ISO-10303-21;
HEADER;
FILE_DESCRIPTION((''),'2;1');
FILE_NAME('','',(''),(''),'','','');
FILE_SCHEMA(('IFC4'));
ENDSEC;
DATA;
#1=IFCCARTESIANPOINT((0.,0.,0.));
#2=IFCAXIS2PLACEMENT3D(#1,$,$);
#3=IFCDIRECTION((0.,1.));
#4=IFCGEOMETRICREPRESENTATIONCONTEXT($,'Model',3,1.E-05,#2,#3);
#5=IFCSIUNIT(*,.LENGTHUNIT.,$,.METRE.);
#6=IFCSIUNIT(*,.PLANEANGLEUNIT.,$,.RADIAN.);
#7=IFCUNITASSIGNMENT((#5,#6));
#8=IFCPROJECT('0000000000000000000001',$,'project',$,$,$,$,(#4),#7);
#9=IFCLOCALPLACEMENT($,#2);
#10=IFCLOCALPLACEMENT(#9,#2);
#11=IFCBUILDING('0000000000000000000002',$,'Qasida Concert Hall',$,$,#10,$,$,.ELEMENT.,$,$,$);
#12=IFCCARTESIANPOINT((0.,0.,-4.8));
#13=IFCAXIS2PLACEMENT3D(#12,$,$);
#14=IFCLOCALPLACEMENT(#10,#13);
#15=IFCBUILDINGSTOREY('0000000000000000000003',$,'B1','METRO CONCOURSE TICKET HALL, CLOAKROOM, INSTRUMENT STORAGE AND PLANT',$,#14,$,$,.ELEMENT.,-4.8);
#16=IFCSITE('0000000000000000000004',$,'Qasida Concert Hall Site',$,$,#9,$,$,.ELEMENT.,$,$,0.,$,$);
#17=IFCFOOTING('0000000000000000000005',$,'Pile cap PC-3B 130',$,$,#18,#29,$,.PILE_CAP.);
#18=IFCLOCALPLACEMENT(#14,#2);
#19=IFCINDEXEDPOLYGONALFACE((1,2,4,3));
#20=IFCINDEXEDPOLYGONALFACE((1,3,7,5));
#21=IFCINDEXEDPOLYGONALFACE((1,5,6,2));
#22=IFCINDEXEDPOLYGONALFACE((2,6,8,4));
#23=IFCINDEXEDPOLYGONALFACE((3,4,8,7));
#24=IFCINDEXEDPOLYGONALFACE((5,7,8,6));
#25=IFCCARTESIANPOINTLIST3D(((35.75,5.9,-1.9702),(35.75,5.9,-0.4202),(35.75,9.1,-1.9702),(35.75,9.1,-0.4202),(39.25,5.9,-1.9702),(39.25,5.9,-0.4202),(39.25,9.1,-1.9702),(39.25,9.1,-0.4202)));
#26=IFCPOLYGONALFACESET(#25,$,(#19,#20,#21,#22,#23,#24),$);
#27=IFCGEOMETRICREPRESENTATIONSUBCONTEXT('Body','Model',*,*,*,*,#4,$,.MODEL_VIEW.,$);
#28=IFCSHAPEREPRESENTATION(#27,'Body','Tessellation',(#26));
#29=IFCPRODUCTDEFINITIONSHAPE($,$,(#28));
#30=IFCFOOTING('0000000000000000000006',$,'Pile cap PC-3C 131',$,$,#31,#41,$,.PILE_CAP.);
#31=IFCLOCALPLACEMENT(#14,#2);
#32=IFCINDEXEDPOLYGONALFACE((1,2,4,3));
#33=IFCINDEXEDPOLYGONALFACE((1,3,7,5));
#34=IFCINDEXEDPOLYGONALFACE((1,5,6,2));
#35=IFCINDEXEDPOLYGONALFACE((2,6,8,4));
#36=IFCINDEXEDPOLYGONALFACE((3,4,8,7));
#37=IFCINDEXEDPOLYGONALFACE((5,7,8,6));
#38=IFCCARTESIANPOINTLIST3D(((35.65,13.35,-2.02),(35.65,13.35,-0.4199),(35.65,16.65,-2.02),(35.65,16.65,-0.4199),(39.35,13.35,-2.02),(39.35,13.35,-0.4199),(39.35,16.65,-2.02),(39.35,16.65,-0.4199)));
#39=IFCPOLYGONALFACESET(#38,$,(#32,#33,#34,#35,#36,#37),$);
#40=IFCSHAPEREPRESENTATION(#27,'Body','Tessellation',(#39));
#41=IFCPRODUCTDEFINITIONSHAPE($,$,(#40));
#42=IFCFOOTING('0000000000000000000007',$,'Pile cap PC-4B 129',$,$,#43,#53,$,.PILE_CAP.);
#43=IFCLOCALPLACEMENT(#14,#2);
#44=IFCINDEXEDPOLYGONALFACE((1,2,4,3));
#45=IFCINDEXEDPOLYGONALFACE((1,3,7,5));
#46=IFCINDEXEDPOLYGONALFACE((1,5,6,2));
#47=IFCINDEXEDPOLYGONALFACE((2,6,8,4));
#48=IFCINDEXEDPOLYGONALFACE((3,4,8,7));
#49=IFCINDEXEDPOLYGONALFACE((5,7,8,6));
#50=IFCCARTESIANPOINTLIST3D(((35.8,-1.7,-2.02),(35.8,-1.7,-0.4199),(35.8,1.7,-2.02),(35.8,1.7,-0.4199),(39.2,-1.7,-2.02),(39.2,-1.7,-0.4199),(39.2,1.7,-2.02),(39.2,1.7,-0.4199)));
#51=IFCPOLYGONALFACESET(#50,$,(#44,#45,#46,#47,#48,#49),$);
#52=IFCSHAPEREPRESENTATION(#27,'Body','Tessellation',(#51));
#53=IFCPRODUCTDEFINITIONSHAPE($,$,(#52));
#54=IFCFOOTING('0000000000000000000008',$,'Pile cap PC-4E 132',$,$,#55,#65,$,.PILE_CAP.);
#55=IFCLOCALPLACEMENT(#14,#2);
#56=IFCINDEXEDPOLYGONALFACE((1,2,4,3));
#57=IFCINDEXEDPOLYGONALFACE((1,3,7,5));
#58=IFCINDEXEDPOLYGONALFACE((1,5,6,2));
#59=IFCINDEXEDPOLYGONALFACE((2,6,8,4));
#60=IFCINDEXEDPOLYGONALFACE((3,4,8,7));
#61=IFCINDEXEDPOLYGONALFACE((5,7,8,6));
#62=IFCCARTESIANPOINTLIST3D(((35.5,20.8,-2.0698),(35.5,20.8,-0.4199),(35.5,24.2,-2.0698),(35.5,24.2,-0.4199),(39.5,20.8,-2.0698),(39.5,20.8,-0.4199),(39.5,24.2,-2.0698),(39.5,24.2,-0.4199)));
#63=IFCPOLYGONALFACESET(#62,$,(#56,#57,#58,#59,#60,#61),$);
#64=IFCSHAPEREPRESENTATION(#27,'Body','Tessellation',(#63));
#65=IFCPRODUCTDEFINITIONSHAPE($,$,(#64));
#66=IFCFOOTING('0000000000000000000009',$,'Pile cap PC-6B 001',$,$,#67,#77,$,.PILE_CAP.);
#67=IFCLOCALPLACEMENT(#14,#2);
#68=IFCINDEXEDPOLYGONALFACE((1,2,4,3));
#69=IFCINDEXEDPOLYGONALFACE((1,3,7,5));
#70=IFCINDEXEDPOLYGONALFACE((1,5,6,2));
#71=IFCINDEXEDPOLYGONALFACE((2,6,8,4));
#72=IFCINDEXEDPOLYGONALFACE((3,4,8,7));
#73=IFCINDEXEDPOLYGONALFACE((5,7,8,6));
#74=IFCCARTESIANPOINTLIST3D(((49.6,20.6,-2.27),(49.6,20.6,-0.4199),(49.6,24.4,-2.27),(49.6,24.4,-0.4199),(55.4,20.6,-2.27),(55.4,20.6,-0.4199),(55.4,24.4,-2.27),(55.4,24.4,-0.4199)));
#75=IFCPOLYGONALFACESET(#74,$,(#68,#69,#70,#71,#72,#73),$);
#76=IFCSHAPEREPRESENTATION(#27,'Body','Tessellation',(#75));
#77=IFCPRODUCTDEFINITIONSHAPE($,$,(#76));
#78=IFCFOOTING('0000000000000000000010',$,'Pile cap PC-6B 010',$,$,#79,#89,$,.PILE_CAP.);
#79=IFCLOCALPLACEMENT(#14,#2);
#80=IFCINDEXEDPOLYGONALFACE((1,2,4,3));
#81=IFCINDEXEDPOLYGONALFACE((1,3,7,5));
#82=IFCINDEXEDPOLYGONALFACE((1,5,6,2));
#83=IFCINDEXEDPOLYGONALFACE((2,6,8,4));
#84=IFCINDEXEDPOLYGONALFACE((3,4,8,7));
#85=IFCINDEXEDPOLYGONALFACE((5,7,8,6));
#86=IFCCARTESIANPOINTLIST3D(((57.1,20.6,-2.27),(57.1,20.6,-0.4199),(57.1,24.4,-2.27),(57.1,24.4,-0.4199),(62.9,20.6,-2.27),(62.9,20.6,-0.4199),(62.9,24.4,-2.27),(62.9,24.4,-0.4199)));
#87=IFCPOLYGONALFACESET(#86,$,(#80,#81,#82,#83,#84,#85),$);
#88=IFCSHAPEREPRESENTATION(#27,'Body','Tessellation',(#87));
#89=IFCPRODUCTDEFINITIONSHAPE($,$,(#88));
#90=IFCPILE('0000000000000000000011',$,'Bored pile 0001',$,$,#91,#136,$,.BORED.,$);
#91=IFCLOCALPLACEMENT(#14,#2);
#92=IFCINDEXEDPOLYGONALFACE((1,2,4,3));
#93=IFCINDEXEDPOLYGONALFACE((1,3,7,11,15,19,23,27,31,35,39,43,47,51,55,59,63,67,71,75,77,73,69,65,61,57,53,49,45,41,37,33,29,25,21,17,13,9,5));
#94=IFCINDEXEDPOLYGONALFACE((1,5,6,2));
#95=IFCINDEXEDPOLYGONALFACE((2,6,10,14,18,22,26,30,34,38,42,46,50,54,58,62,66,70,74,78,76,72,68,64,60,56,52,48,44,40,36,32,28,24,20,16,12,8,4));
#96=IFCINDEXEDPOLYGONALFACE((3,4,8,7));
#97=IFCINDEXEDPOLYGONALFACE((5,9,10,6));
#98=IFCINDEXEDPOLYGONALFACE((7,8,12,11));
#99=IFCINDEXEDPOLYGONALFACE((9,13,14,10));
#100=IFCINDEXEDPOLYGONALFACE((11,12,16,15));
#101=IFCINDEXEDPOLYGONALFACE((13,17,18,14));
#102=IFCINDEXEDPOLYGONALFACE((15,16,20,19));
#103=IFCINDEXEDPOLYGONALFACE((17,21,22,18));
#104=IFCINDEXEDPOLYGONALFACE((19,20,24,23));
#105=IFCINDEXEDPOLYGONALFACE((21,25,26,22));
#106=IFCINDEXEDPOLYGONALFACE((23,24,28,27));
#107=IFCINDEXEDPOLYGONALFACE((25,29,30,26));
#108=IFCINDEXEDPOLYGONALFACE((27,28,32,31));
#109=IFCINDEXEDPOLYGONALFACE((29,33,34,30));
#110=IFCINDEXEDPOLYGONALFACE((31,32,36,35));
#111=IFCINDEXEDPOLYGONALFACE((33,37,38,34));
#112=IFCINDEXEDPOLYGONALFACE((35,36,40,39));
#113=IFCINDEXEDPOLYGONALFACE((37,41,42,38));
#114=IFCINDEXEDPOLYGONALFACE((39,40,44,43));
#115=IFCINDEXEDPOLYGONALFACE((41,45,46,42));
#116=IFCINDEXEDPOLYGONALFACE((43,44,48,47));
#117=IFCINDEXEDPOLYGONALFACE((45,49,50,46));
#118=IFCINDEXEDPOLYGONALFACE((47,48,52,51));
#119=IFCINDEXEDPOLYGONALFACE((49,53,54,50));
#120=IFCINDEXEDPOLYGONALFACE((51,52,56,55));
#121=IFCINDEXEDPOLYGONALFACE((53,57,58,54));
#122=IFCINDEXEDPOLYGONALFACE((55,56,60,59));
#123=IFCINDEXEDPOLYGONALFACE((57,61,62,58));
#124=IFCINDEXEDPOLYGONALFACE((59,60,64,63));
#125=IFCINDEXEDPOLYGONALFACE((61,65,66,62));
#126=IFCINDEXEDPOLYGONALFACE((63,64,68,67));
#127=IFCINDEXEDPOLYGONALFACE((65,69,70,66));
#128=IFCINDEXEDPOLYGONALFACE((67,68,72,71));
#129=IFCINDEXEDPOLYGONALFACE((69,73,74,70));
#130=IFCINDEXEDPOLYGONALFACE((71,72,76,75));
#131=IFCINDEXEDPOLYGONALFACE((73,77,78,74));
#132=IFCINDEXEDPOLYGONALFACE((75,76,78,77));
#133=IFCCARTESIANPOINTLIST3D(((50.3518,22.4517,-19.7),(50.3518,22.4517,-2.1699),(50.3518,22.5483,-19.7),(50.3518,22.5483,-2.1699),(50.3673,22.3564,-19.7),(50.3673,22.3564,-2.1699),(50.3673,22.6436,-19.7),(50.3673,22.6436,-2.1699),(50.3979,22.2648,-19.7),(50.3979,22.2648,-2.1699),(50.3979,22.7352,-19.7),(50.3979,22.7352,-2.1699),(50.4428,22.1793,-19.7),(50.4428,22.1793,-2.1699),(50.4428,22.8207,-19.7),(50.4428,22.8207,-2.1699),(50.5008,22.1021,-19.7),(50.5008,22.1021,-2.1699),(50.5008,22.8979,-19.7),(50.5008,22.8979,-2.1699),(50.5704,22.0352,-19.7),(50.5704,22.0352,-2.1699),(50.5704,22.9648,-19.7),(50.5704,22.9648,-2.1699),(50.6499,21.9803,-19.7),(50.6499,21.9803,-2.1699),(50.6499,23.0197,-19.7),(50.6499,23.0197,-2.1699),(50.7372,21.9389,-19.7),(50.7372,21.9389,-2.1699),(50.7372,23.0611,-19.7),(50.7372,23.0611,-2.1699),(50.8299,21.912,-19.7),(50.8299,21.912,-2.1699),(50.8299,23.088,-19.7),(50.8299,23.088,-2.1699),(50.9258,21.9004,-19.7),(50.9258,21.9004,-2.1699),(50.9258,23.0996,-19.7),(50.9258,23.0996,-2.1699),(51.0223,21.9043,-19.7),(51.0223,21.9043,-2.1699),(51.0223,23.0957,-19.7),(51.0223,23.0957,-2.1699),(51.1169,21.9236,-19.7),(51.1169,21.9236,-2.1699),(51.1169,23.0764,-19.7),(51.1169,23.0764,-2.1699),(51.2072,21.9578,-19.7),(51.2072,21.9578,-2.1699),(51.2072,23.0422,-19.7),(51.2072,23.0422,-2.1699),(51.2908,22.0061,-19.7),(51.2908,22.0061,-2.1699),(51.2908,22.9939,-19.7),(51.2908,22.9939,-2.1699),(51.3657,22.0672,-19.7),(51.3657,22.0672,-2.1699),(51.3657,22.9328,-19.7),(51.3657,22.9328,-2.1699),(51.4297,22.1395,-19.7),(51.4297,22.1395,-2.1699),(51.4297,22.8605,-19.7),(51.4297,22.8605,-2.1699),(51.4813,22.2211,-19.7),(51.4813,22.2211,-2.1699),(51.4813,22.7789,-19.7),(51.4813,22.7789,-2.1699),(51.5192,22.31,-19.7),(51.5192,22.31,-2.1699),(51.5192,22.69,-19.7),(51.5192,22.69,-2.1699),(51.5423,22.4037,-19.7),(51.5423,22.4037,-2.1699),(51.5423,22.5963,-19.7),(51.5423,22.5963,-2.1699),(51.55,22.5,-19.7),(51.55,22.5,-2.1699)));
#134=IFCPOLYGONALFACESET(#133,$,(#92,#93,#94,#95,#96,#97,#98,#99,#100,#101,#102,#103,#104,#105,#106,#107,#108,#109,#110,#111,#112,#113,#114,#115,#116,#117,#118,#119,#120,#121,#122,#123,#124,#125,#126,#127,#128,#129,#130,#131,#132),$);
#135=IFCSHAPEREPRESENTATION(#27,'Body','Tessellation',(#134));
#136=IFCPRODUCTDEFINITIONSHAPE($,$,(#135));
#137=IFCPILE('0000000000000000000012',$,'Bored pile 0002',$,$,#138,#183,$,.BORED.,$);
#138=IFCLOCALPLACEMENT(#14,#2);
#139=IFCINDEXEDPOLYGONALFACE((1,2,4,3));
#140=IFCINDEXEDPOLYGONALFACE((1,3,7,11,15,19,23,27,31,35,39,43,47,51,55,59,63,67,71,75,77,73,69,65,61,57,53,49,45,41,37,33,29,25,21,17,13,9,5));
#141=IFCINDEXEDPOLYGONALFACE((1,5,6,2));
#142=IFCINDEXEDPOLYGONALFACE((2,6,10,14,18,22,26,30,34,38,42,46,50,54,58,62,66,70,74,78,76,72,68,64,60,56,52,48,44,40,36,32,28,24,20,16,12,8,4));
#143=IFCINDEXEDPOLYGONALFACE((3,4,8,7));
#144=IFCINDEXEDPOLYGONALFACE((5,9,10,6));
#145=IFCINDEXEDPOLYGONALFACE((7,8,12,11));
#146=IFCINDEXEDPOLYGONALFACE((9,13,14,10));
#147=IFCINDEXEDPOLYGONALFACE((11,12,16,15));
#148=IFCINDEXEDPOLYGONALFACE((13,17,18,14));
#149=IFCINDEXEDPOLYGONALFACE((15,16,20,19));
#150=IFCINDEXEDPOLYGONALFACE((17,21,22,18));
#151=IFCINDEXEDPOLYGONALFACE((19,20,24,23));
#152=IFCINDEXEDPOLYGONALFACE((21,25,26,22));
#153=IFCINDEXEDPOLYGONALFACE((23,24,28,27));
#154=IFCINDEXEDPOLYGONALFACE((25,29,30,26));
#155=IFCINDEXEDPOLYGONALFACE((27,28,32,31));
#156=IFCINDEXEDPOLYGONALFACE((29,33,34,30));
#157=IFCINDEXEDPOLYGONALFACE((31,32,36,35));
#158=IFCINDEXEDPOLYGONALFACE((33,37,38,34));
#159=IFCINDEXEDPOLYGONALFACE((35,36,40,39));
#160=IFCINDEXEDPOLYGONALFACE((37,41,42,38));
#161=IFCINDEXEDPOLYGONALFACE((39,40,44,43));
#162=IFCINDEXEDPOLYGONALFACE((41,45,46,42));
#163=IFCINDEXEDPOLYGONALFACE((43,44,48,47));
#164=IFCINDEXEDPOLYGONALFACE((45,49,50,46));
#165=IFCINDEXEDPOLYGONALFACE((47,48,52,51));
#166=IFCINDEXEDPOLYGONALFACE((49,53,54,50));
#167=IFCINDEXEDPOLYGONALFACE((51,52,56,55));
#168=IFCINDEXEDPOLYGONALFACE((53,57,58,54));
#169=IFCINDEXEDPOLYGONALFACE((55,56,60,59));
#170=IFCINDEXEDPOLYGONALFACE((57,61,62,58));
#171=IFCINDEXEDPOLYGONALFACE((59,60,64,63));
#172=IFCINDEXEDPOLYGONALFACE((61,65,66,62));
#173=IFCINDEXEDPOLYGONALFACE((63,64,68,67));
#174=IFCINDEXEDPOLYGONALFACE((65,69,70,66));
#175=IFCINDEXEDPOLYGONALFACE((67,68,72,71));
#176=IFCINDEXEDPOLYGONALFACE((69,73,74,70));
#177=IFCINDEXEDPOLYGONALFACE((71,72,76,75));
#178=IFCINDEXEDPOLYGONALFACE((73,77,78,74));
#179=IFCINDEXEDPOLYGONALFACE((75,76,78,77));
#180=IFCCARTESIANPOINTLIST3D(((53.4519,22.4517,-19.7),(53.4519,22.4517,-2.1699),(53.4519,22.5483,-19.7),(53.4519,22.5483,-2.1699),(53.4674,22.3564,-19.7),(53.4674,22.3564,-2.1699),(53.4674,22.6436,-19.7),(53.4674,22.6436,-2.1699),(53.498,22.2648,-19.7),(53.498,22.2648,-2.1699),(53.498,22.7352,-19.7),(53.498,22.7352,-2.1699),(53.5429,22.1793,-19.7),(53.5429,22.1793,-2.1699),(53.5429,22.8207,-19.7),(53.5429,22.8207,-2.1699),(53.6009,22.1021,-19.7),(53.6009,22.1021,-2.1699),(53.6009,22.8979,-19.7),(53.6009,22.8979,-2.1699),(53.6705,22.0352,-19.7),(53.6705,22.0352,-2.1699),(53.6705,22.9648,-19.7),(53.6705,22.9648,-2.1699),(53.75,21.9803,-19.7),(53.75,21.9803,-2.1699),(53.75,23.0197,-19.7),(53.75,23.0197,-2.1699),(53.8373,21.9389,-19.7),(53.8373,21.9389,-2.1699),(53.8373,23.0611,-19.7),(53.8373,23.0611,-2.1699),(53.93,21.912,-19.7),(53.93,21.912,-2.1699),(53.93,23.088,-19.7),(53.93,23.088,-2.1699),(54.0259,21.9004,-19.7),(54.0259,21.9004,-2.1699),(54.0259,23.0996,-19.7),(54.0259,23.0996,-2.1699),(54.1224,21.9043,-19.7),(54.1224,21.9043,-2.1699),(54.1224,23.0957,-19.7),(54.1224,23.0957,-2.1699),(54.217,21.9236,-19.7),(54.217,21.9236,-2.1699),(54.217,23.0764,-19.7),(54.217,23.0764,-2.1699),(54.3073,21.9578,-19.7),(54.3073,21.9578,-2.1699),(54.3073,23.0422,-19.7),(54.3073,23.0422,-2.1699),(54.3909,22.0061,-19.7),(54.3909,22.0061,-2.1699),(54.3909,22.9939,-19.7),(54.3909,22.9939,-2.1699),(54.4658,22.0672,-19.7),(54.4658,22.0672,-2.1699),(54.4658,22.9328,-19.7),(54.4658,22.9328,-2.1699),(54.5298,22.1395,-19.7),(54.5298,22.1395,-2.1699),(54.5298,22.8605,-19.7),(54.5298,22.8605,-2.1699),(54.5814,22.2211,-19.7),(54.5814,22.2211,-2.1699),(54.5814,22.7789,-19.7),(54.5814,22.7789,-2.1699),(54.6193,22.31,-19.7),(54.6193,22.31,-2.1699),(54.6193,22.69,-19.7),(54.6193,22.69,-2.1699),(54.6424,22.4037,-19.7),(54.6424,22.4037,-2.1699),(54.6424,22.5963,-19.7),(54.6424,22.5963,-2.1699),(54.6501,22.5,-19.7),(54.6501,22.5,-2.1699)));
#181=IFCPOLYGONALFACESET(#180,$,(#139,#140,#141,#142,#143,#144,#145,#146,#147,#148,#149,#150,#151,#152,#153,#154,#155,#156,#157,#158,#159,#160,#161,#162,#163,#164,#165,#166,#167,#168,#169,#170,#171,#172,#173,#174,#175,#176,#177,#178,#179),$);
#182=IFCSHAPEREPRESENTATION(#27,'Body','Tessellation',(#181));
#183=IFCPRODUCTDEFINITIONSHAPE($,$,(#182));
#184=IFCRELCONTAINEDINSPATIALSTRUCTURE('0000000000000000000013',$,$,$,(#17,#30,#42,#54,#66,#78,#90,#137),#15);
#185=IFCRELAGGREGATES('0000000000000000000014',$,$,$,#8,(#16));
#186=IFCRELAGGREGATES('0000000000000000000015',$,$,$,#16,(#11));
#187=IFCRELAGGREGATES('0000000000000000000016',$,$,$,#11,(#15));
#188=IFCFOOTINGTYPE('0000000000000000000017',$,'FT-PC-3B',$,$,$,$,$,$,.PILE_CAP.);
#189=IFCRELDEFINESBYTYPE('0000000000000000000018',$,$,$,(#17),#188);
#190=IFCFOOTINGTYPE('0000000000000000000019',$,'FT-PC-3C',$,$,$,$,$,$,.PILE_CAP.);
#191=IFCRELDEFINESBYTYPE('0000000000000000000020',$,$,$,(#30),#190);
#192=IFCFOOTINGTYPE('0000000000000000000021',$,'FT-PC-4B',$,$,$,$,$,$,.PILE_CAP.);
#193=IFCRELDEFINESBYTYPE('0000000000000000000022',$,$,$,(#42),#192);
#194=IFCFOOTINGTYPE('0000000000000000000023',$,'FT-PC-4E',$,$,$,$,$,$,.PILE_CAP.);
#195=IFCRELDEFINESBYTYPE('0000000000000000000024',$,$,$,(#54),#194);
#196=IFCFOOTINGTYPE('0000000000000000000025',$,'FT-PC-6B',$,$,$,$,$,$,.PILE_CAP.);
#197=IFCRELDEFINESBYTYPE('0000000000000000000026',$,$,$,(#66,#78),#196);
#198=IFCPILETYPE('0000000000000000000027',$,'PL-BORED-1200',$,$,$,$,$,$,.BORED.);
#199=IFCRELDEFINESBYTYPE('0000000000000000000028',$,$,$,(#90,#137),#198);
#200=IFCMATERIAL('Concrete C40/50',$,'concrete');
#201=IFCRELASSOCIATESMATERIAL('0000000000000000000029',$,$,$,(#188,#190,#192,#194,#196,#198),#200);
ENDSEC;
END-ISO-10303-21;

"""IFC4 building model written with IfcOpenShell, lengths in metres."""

from ifc_helpers import new_model, si_unit, direction, frame, origin, origin_2d, place, context, subcontext, project, spatial, rectangle, circle, extrude, material, material_profile, profile_set, type_object, element, save


model = new_model("IFC4")

# Units and contexts
model_context = context("Model", 3, precision=1e-05, world=origin(), true_north=direction((0.0, 1.0)))
body_context = subcontext(model_context, "Body", "Model", "MODEL_VIEW")
ifc_project = project(units=[si_unit("LENGTHUNIT", "METRE"), si_unit("PLANEANGLEUNIT", "RADIAN")], contexts=[model_context])

# Site, building, storey
site_placement = place(None, origin())
site = spatial("IfcSite", under=ifc_project, at=site_placement, Name="Qasida Concert Hall Site", CompositionType="ELEMENT", RefElevation=0.0)
building_placement = place(site_placement, origin())
building = spatial("IfcBuilding", under=site, at=building_placement, Name="Qasida Concert Hall", CompositionType="ELEMENT")
storey_placement = place(building_placement, frame((0.0, 0.0, -4.8)))
storey = spatial("IfcBuildingStorey", under=building, at=storey_placement, Name="B1", Description="METRO CONCOURSE TICKET HALL, CLOAKROOM, INSTRUMENT STORAGE AND PLANT", CompositionType="ELEMENT", Elevation=-4.8)

# Footings
ifc_material_1 = material(Name="Concrete C40/50", Category="concrete")
footing_type_1 = type_object("IfcFootingType", Name="FT-PC-3B", PredefinedType="PILE_CAP", material=ifc_material_1)
footing_1_placement = place(storey_placement, frame((37.5, 7.5, -1.9702), z_axis=(0.0, 0.0, 1.0), x_axis=(1.0, 0.0, 0.0)))
element("IfcFooting", 1, at=footing_1_placement, inside=storey, type_object=footing_type_1, Name="Pile cap PC-3B 130", PredefinedType="PILE_CAP", context=body_context, shape_type="SweptSolid", body=[
    extrude(rectangle(XDim=3.5, YDim=3.2, at=origin_2d()), origin(), (0.0, 0.0, 1.0), 1.55),
])
footing_type_2 = type_object("IfcFootingType", Name="FT-PC-3C", PredefinedType="PILE_CAP", material=ifc_material_1)
footing_2_placement = place(storey_placement, frame((37.5, 15.0, -2.02), z_axis=(0.0, 0.0, 1.0), x_axis=(1.0, 0.0, 0.0)))
element("IfcFooting", 2, at=footing_2_placement, inside=storey, type_object=footing_type_2, Name="Pile cap PC-3C 131", PredefinedType="PILE_CAP", context=body_context, shape_type="SweptSolid", body=[
    extrude(rectangle(XDim=3.7, YDim=3.3, at=origin_2d()), origin(), (0.0, 0.0, 1.0), 1.6001),
])
footing_type_3 = type_object("IfcFootingType", Name="FT-PC-4B", PredefinedType="PILE_CAP", material=ifc_material_1)
footing_3_placement = place(storey_placement, frame((37.5, 0.0, -2.02), z_axis=(0.0, 0.0, 1.0), x_axis=(1.0, 0.0, 0.0)))
element("IfcFooting", 3, at=footing_3_placement, inside=storey, type_object=footing_type_3, Name="Pile cap PC-4B 129", PredefinedType="PILE_CAP", context=body_context, shape_type="SweptSolid", body=[
    extrude(rectangle(XDim=3.3999, YDim=3.3999, at=origin_2d()), origin(), (0.0, 0.0, 1.0), 1.6001),
])
footing_type_4 = type_object("IfcFootingType", Name="FT-PC-4E", PredefinedType="PILE_CAP", material=ifc_material_1)
footing_4_placement = place(storey_placement, frame((37.5, 22.5, -2.0698), z_axis=(0.0, 0.0, 1.0), x_axis=(1.0, 0.0, 0.0)))
element("IfcFooting", 4, at=footing_4_placement, inside=storey, type_object=footing_type_4, Name="Pile cap PC-4E 132", PredefinedType="PILE_CAP", context=body_context, shape_type="SweptSolid", body=[
    extrude(rectangle(XDim=4.0, YDim=3.3999, at=origin_2d()), origin(), (0.0, 0.0, 1.0), 1.6499),
])
footing_type_5 = type_object("IfcFootingType", Name="FT-PC-6B", PredefinedType="PILE_CAP", material=ifc_material_1)
for number, where, z_axis, x_axis, name in (
    (5, (52.5, 22.5, -2.27), (0.0, 0.0, 1.0), (1.0, 0.0, 0.0), "Pile cap PC-6B 001"),
    (6, (60.0, 22.5, -2.27), (0.0, 0.0, 1.0), (1.0, 0.0, 0.0), "Pile cap PC-6B 010"),
):
    element("IfcFooting", number, at=place(storey_placement, frame(where, z_axis=z_axis, x_axis=x_axis)), inside=storey, type_object=footing_type_5, Name=name, PredefinedType="PILE_CAP", context=body_context, shape_type="SweptSolid", body=[
        extrude(rectangle(XDim=5.8, YDim=3.8, at=origin_2d()), origin(), (0.0, 0.0, 1.0), 1.8501),
    ])

# Piles
ifc_material_profile_1 = material_profile(ifc_material_1, circle(Radius=0.6001, at=origin_2d()), Name="BORED PILE D1200")
ifc_profile_set_1 = profile_set([ifc_material_profile_1], Name="Concrete C40/50")
pile_type_1 = type_object("IfcPileType", Name="PL-BORED-1200", PredefinedType="BORED", material=ifc_profile_set_1)
for number, where, z_axis, x_axis, name in (
    (7, (50.95, 22.5, -2.1699), (0.0, 0.0, -1.0), (1.0, 0.0, 0.0), "Bored pile 0001"),
    (8, (54.05, 22.5, -2.1699), (0.0, 0.0, -1.0), (1.0, 0.0, 0.0), "Bored pile 0002"),
):
    element("IfcPile", number, at=place(storey_placement, frame(where, z_axis=z_axis, x_axis=x_axis)), inside=storey, type_object=pile_type_1, Name=name, PredefinedType="BORED", context=body_context, shape_type="SweptSolid", body=[
        extrude(circle(Radius=0.6001, at=origin_2d()), origin(), (0.0, 0.0, 1.0), 17.53),
    ])

save(model, "model.ifc")
